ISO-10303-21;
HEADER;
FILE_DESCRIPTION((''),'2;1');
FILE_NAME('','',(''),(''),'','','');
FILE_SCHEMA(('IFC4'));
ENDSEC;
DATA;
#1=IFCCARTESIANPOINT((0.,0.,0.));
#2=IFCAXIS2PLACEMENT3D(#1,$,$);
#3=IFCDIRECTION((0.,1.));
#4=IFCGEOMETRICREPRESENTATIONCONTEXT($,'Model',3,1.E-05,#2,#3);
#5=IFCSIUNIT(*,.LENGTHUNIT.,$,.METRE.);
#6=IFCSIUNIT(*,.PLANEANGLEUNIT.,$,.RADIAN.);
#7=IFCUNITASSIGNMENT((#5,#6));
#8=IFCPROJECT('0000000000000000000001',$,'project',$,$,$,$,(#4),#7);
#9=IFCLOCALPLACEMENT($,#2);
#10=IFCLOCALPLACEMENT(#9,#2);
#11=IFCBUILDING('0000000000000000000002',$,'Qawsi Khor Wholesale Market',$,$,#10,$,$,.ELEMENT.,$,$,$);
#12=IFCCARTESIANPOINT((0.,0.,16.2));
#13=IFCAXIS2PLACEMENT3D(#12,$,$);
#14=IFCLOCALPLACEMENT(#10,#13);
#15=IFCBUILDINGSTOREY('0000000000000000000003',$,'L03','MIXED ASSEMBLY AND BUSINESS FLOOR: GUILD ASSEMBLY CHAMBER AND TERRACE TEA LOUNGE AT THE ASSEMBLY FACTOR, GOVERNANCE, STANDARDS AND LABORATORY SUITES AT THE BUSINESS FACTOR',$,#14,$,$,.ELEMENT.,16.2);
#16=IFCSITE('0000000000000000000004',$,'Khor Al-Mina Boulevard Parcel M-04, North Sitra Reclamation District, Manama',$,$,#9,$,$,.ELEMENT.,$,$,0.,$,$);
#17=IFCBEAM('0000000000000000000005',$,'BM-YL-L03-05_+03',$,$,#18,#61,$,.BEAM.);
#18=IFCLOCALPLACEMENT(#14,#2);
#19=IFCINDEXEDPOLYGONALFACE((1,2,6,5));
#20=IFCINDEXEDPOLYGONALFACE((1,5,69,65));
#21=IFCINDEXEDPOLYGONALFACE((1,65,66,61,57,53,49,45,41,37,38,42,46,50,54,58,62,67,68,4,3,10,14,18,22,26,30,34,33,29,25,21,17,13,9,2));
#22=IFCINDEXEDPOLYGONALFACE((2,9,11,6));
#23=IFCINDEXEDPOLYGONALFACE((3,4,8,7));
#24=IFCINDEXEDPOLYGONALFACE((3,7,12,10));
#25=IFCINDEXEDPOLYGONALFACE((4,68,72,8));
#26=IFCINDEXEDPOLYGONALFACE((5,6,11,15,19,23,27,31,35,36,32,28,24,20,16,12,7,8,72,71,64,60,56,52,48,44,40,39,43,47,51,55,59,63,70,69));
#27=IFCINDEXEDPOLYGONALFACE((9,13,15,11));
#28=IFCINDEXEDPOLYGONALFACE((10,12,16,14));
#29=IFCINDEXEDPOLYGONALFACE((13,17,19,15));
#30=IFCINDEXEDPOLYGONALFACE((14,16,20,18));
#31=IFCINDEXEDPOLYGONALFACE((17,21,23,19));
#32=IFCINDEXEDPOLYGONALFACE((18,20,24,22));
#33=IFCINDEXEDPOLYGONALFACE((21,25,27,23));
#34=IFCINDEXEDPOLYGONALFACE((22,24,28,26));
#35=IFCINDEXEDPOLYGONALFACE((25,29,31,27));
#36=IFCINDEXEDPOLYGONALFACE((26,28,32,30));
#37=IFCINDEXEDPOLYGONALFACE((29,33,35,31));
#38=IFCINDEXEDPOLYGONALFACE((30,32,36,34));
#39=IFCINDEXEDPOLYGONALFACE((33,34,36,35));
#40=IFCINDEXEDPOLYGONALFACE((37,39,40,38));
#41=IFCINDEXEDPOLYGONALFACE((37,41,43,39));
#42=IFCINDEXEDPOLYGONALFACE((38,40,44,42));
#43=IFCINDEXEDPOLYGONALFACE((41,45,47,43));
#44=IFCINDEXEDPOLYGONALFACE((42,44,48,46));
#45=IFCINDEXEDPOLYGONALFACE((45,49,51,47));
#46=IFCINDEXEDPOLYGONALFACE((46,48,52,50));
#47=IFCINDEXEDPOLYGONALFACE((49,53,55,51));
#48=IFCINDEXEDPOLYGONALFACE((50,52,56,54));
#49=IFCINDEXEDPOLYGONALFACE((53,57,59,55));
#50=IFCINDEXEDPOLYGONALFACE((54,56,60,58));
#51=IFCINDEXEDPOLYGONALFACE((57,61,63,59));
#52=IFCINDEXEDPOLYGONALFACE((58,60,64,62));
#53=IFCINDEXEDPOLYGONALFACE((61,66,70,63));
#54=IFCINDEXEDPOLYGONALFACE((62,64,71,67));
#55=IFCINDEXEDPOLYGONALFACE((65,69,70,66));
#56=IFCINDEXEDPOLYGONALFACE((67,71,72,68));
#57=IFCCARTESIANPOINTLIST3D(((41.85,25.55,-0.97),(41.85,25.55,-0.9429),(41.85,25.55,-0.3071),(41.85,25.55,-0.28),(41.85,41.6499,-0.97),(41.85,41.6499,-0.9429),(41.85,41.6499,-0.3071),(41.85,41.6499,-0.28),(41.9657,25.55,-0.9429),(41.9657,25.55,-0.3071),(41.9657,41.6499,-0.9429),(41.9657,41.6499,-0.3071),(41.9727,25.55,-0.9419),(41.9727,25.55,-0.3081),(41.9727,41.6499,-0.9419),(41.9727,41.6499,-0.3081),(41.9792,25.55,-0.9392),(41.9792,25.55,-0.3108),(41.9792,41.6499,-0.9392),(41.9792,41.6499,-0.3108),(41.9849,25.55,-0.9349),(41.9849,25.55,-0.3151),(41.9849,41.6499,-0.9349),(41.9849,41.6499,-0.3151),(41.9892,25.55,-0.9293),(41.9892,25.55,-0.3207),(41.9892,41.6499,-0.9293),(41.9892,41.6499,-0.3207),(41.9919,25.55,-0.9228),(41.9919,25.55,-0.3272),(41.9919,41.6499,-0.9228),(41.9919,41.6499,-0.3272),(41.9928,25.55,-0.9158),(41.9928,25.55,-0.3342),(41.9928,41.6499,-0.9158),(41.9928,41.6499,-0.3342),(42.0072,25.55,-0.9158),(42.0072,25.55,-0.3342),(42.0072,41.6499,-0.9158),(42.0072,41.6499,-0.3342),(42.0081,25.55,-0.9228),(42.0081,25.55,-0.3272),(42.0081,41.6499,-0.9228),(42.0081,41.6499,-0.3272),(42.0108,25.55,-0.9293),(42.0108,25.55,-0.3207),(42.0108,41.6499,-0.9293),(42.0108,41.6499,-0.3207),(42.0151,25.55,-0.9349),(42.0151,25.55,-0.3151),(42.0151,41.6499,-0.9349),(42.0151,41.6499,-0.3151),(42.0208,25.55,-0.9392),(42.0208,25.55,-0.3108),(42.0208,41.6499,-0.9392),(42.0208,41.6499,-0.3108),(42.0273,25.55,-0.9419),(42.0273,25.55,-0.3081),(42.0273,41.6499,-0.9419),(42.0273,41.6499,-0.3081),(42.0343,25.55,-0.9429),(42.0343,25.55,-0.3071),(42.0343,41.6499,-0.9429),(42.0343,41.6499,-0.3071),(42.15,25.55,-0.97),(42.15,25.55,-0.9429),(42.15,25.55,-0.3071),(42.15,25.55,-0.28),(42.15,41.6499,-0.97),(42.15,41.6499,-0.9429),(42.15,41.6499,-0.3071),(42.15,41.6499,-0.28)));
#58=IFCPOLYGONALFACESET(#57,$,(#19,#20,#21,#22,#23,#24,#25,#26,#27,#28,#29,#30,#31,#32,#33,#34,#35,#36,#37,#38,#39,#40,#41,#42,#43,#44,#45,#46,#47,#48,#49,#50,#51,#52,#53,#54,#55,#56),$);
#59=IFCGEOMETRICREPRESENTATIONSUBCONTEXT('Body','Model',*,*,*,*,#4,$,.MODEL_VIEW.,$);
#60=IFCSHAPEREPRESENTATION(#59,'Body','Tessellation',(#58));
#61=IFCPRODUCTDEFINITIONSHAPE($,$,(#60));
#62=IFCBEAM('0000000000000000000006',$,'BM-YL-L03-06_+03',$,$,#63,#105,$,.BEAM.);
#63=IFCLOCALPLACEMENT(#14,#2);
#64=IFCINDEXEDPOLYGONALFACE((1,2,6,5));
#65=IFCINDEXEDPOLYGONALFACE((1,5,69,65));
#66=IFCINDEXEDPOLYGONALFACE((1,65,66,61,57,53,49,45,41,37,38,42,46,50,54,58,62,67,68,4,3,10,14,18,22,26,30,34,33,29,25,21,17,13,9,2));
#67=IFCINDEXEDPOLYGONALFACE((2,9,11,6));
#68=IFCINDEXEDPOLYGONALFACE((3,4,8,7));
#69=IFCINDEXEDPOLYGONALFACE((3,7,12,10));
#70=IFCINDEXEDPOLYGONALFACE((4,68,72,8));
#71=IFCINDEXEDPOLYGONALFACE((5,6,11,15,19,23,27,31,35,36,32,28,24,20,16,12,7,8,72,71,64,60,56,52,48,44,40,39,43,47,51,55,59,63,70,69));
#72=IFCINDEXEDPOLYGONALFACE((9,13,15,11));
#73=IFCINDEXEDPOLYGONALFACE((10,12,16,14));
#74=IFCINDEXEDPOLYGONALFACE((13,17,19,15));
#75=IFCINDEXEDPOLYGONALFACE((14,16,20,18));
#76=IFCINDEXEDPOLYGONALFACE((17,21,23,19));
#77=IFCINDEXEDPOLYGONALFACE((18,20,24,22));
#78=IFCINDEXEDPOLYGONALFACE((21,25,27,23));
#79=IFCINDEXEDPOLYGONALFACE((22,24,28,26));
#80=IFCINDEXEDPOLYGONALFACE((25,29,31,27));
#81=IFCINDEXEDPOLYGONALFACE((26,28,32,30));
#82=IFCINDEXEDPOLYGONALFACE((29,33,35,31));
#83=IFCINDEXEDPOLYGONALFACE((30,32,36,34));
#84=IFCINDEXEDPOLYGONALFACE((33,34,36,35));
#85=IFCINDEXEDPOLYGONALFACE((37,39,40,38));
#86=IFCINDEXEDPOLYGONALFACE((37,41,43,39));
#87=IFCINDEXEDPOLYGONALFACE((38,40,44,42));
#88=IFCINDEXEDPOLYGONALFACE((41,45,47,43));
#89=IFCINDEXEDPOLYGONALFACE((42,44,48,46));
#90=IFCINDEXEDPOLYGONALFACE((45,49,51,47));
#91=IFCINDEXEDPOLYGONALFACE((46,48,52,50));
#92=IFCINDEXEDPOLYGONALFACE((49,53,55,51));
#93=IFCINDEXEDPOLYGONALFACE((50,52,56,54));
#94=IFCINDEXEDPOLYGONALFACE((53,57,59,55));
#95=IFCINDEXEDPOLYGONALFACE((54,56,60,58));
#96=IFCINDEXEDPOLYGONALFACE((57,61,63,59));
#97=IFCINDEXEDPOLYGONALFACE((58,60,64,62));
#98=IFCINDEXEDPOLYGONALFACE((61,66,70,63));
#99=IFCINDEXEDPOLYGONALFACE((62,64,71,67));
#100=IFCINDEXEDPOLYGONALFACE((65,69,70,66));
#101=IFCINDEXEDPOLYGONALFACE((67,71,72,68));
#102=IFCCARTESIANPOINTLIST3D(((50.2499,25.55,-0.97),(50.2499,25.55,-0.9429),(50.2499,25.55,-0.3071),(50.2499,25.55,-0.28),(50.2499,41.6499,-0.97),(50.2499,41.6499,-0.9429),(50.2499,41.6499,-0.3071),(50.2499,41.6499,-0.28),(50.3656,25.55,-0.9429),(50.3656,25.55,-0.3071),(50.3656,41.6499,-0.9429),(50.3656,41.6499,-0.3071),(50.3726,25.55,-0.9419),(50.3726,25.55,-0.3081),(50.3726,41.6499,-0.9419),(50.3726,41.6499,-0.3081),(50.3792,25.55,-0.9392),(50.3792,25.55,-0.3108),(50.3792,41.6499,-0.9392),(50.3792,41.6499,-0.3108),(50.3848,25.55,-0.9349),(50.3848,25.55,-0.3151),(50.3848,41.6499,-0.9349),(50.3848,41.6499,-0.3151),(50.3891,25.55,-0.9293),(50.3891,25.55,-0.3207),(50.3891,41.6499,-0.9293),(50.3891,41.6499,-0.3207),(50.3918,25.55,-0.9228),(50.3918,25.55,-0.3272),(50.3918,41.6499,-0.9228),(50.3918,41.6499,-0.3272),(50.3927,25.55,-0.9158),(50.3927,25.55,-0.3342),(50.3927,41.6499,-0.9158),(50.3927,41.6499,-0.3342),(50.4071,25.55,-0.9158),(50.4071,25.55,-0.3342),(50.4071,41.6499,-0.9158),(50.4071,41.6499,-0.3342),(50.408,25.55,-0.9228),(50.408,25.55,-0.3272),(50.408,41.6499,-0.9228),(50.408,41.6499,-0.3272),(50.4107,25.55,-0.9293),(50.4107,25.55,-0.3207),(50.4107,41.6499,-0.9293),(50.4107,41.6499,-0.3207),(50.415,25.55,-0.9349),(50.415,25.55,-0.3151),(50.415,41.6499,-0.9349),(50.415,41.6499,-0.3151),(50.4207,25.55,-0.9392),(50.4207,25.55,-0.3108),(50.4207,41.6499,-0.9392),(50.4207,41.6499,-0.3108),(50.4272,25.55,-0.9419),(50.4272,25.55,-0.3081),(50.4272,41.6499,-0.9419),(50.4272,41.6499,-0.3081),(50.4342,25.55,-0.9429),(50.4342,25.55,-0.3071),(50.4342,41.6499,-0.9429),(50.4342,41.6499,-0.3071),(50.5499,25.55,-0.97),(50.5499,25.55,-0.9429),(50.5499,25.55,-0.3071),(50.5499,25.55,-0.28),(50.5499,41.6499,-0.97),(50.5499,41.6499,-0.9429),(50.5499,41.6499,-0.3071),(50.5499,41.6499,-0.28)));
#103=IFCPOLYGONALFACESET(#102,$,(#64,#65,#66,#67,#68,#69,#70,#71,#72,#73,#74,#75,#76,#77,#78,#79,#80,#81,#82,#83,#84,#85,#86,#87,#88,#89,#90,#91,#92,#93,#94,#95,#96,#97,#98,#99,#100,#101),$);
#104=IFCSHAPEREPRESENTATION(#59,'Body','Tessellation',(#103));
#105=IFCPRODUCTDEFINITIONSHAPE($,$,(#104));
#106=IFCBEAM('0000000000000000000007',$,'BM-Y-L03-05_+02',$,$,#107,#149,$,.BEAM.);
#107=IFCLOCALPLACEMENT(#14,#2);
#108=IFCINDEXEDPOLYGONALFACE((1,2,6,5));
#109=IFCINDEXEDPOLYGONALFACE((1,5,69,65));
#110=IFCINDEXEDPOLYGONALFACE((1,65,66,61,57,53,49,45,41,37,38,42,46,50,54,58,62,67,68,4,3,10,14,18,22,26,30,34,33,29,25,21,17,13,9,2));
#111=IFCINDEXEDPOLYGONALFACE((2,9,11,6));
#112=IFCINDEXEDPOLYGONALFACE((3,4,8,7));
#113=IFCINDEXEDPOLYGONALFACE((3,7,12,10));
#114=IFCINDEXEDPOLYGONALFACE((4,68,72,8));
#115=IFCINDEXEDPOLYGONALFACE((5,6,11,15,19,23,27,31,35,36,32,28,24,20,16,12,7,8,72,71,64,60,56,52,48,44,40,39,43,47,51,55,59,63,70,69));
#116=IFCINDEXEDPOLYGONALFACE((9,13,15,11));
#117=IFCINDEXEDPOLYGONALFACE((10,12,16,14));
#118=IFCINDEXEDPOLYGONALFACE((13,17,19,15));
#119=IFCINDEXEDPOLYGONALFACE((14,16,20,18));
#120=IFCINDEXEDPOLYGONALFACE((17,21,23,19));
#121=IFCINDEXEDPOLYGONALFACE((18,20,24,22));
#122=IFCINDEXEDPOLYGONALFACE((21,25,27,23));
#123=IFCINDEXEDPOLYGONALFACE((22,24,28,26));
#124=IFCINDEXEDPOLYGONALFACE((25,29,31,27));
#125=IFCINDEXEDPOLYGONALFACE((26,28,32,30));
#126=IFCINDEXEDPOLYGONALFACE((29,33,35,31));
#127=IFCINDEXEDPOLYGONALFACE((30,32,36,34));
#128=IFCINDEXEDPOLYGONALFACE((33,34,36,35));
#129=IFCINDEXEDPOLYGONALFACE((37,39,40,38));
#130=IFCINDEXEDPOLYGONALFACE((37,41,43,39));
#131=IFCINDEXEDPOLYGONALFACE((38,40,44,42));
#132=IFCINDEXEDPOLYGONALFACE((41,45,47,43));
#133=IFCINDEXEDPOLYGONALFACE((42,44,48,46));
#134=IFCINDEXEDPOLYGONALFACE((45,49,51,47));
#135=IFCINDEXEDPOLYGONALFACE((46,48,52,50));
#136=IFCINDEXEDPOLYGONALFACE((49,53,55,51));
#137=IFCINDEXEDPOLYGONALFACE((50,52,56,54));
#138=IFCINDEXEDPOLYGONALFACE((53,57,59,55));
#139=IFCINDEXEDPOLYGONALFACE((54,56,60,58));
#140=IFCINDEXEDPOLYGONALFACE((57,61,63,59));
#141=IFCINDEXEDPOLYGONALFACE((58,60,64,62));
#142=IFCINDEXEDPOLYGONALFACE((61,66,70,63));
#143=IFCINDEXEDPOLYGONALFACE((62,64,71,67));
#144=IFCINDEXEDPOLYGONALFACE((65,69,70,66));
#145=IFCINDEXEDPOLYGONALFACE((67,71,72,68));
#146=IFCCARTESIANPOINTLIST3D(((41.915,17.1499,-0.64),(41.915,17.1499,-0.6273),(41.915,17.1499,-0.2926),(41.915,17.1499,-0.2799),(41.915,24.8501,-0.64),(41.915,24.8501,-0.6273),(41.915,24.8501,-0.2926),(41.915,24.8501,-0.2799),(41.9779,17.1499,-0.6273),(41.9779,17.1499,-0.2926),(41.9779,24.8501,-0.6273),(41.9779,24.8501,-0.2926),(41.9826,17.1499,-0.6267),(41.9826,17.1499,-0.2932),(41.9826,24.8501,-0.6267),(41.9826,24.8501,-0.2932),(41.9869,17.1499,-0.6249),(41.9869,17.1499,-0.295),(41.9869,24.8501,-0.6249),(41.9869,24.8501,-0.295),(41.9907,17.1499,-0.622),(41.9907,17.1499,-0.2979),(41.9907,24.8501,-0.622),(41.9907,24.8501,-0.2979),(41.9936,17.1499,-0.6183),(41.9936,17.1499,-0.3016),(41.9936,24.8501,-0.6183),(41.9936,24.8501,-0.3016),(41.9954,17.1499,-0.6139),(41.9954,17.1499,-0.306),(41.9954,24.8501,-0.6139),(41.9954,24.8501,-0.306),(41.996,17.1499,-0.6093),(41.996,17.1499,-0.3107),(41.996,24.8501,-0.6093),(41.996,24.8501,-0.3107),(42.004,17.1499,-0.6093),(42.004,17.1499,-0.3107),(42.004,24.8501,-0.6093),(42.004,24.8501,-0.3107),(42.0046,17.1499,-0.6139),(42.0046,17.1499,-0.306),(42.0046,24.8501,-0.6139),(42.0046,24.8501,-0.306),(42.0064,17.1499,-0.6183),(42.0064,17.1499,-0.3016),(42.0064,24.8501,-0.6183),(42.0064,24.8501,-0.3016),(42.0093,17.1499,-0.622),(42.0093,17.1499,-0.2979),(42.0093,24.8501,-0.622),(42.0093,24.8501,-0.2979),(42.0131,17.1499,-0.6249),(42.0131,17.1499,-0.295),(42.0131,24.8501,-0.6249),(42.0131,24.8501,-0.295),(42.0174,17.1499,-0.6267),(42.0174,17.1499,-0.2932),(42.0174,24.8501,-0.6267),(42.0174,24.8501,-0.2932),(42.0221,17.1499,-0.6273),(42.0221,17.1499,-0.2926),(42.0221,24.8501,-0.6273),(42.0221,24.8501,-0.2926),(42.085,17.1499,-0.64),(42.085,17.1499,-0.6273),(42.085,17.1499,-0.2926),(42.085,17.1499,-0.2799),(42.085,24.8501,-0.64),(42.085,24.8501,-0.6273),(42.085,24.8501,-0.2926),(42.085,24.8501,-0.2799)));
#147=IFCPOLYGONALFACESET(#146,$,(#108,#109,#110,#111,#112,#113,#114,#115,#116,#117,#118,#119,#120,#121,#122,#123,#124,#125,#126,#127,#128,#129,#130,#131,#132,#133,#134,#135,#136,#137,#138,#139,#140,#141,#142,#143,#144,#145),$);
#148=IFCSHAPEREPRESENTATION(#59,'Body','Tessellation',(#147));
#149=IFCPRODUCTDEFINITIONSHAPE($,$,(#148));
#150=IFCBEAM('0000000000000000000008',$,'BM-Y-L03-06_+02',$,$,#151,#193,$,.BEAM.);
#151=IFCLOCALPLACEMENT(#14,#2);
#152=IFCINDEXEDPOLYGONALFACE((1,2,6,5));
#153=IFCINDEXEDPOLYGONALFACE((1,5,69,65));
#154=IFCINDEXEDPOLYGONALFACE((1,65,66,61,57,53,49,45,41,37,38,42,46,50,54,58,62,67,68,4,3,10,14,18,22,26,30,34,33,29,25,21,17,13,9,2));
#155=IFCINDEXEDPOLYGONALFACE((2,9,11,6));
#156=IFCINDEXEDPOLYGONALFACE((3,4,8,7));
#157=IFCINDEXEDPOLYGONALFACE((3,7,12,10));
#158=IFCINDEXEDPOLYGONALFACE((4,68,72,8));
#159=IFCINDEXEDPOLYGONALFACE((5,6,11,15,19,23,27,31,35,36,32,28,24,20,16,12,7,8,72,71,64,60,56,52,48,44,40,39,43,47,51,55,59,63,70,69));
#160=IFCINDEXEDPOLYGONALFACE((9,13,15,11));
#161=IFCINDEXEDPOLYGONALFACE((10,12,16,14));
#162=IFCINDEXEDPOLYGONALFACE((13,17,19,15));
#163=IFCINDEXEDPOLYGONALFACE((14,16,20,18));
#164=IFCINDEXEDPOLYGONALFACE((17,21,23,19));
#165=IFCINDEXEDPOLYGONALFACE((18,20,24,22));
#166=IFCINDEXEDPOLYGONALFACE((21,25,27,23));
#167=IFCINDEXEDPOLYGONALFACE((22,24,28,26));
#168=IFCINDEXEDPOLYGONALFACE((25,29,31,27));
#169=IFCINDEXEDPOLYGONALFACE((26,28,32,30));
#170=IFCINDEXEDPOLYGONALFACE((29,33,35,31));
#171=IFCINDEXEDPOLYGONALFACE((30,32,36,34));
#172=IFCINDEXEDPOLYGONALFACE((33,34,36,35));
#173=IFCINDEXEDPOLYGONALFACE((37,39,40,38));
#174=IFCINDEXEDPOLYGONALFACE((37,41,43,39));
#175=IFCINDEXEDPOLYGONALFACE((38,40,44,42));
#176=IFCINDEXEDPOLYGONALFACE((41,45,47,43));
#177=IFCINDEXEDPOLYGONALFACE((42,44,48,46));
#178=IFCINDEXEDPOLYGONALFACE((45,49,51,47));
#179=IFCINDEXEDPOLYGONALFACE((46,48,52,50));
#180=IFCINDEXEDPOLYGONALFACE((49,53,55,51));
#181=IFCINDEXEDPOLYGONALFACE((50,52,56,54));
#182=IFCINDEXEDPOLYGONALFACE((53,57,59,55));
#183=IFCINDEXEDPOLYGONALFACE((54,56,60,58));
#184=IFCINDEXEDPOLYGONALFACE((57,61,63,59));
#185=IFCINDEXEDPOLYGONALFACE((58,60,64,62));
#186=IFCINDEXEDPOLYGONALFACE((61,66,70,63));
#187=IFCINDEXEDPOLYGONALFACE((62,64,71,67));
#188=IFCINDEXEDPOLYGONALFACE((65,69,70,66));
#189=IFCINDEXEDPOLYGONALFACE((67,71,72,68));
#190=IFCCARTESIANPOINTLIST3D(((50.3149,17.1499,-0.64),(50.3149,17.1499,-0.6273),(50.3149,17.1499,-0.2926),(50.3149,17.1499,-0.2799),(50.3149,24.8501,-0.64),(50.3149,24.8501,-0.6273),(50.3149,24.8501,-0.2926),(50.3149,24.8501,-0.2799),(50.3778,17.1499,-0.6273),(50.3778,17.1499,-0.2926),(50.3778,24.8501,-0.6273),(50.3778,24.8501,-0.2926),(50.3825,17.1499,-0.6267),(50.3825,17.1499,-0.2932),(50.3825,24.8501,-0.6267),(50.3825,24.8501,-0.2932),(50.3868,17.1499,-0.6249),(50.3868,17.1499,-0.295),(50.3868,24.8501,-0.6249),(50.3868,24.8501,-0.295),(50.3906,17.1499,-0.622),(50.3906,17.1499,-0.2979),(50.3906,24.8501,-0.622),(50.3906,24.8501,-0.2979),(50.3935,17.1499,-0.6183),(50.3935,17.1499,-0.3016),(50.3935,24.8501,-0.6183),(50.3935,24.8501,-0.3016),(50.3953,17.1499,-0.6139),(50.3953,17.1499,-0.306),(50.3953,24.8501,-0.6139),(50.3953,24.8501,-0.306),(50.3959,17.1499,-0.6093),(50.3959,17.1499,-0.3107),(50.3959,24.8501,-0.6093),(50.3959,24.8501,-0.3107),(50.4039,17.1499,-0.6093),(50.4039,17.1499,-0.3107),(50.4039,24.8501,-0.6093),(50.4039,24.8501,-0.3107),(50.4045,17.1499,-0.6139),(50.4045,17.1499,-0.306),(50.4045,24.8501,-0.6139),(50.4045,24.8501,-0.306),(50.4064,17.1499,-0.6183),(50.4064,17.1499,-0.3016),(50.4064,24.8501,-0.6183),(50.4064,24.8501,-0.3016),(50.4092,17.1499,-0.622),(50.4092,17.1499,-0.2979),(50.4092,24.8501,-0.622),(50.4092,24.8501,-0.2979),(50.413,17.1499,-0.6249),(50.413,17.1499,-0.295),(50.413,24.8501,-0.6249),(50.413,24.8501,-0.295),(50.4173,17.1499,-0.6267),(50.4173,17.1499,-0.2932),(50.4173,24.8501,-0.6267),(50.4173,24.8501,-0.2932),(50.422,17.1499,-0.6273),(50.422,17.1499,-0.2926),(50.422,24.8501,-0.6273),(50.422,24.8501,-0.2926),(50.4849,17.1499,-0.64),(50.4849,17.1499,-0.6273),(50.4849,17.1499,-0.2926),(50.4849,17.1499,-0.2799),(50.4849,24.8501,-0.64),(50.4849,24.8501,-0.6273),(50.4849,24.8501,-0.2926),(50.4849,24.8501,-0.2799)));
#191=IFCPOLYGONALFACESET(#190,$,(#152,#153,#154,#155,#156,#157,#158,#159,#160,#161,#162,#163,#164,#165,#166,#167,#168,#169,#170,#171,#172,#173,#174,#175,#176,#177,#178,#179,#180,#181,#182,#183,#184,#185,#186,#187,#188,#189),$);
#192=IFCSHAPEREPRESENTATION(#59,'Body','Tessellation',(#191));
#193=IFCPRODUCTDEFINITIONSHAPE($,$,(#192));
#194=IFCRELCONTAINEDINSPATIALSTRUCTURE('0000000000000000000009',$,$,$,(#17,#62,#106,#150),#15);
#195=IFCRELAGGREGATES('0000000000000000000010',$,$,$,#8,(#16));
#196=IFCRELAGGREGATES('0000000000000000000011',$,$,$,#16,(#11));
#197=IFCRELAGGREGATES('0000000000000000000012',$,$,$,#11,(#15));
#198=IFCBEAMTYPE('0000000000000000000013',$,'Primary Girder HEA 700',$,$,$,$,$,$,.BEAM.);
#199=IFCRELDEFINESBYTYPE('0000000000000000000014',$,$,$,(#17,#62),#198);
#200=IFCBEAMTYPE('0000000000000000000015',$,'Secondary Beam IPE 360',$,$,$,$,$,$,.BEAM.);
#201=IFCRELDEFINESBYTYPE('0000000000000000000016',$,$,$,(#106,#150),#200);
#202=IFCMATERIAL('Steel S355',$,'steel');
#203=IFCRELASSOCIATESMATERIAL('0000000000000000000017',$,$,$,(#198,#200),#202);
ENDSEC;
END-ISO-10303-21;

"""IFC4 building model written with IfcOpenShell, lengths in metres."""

from ifc_helpers import new_model, si_unit, direction, frame, origin, origin_2d, place, context, subcontext, project, spatial, i_section, extrude, material, material_profile, profile_set, type_object, element, save


model = new_model("IFC4")

# Units and contexts
model_context = context("Model", 3, precision=1e-05, world=origin(), true_north=direction((0.0, 1.0)))
body_context = subcontext(model_context, "Body", "Model", "MODEL_VIEW")
ifc_project = project(units=[si_unit("LENGTHUNIT", "METRE"), si_unit("PLANEANGLEUNIT", "RADIAN")], contexts=[model_context])

# Site, building, storey
site_placement = place(None, origin())
site = spatial("IfcSite", under=ifc_project, at=site_placement, Name="Khor Al-Mina Boulevard Parcel M-04, North Sitra Reclamation District, Manama", CompositionType="ELEMENT", RefElevation=0.0)
building_placement = place(site_placement, origin())
building = spatial("IfcBuilding", under=site, at=building_placement, Name="Qawsi Khor Wholesale Market", CompositionType="ELEMENT")
storey_placement = place(building_placement, frame((0.0, 0.0, 16.2)))
storey = spatial("IfcBuildingStorey", under=building, at=storey_placement, Name="L03", Description="MIXED ASSEMBLY AND BUSINESS FLOOR: GUILD ASSEMBLY CHAMBER AND TERRACE TEA LOUNGE AT THE ASSEMBLY FACTOR, GOVERNANCE, STANDARDS AND LABORATORY SUITES AT THE BUSINESS FACTOR", CompositionType="ELEMENT", Elevation=16.2)

# Beams
ifc_material_1 = material(Name="Steel S355", Category="steel")
ifc_material_profile_1 = material_profile(ifc_material_1, i_section(OverallWidth=0.3, OverallDepth=0.6899, WebThickness=0.0144, FlangeThickness=0.0271, FilletRadius=0.0271, at=origin_2d()), Name="HEA 700")
ifc_profile_set_1 = profile_set([ifc_material_profile_1], Name="Steel S355")
beam_type_1 = type_object("IfcBeamType", Name="Primary Girder HEA 700", PredefinedType="BEAM", material=ifc_profile_set_1)
for number, where, z_axis, x_axis, name in (
    (1, (42.0, 25.55, -0.625), (0.0, 1.0, 0.0), (-1.0, 0.0, 0.0), "BM-YL-L03-05_+03"),
    (2, (50.3999, 25.55, -0.625), (0.0, 1.0, 0.0), (-1.0, 0.0, 0.0), "BM-YL-L03-06_+03"),
):
    element("IfcBeam", number, at=place(storey_placement, frame(where, z_axis=z_axis, x_axis=x_axis)), inside=storey, type_object=beam_type_1, Name=name, PredefinedType="BEAM", context=body_context, shape_type="SweptSolid", body=[
        extrude(i_section(OverallWidth=0.3, OverallDepth=0.6899, WebThickness=0.0144, FlangeThickness=0.0271, FilletRadius=0.0271, at=origin_2d()), origin(), (0.0, 0.0, 1.0), 16.0999),
    ])
ifc_material_profile_2 = material_profile(ifc_material_1, i_section(OverallWidth=0.1699, OverallDepth=0.3601, WebThickness=0.0081, FlangeThickness=0.0127, FilletRadius=0.0181, at=origin_2d()), Name="IPE 360")
ifc_profile_set_2 = profile_set([ifc_material_profile_2], Name="Steel S355")
beam_type_2 = type_object("IfcBeamType", Name="Secondary Beam IPE 360", PredefinedType="BEAM", material=ifc_profile_set_2)
for number, where, z_axis, x_axis, name in (
    (3, (42.0, 17.1499, -0.46), (0.0, 1.0, 0.0), (-1.0, 0.0, 0.0), "BM-Y-L03-05_+02"),
    (4, (50.3999, 17.1499, -0.46), (0.0, 1.0, 0.0), (-1.0, 0.0, 0.0), "BM-Y-L03-06_+02"),
):
    element("IfcBeam", number, at=place(storey_placement, frame(where, z_axis=z_axis, x_axis=x_axis)), inside=storey, type_object=beam_type_2, Name=name, PredefinedType="BEAM", context=body_context, shape_type="SweptSolid", body=[
        extrude(i_section(OverallWidth=0.1699, OverallDepth=0.3601, WebThickness=0.0081, FlangeThickness=0.0127, FilletRadius=0.0181, at=origin_2d()), origin(), (0.0, 0.0, 1.0), 7.7002),
    ])

save(model, "model.ifc")
